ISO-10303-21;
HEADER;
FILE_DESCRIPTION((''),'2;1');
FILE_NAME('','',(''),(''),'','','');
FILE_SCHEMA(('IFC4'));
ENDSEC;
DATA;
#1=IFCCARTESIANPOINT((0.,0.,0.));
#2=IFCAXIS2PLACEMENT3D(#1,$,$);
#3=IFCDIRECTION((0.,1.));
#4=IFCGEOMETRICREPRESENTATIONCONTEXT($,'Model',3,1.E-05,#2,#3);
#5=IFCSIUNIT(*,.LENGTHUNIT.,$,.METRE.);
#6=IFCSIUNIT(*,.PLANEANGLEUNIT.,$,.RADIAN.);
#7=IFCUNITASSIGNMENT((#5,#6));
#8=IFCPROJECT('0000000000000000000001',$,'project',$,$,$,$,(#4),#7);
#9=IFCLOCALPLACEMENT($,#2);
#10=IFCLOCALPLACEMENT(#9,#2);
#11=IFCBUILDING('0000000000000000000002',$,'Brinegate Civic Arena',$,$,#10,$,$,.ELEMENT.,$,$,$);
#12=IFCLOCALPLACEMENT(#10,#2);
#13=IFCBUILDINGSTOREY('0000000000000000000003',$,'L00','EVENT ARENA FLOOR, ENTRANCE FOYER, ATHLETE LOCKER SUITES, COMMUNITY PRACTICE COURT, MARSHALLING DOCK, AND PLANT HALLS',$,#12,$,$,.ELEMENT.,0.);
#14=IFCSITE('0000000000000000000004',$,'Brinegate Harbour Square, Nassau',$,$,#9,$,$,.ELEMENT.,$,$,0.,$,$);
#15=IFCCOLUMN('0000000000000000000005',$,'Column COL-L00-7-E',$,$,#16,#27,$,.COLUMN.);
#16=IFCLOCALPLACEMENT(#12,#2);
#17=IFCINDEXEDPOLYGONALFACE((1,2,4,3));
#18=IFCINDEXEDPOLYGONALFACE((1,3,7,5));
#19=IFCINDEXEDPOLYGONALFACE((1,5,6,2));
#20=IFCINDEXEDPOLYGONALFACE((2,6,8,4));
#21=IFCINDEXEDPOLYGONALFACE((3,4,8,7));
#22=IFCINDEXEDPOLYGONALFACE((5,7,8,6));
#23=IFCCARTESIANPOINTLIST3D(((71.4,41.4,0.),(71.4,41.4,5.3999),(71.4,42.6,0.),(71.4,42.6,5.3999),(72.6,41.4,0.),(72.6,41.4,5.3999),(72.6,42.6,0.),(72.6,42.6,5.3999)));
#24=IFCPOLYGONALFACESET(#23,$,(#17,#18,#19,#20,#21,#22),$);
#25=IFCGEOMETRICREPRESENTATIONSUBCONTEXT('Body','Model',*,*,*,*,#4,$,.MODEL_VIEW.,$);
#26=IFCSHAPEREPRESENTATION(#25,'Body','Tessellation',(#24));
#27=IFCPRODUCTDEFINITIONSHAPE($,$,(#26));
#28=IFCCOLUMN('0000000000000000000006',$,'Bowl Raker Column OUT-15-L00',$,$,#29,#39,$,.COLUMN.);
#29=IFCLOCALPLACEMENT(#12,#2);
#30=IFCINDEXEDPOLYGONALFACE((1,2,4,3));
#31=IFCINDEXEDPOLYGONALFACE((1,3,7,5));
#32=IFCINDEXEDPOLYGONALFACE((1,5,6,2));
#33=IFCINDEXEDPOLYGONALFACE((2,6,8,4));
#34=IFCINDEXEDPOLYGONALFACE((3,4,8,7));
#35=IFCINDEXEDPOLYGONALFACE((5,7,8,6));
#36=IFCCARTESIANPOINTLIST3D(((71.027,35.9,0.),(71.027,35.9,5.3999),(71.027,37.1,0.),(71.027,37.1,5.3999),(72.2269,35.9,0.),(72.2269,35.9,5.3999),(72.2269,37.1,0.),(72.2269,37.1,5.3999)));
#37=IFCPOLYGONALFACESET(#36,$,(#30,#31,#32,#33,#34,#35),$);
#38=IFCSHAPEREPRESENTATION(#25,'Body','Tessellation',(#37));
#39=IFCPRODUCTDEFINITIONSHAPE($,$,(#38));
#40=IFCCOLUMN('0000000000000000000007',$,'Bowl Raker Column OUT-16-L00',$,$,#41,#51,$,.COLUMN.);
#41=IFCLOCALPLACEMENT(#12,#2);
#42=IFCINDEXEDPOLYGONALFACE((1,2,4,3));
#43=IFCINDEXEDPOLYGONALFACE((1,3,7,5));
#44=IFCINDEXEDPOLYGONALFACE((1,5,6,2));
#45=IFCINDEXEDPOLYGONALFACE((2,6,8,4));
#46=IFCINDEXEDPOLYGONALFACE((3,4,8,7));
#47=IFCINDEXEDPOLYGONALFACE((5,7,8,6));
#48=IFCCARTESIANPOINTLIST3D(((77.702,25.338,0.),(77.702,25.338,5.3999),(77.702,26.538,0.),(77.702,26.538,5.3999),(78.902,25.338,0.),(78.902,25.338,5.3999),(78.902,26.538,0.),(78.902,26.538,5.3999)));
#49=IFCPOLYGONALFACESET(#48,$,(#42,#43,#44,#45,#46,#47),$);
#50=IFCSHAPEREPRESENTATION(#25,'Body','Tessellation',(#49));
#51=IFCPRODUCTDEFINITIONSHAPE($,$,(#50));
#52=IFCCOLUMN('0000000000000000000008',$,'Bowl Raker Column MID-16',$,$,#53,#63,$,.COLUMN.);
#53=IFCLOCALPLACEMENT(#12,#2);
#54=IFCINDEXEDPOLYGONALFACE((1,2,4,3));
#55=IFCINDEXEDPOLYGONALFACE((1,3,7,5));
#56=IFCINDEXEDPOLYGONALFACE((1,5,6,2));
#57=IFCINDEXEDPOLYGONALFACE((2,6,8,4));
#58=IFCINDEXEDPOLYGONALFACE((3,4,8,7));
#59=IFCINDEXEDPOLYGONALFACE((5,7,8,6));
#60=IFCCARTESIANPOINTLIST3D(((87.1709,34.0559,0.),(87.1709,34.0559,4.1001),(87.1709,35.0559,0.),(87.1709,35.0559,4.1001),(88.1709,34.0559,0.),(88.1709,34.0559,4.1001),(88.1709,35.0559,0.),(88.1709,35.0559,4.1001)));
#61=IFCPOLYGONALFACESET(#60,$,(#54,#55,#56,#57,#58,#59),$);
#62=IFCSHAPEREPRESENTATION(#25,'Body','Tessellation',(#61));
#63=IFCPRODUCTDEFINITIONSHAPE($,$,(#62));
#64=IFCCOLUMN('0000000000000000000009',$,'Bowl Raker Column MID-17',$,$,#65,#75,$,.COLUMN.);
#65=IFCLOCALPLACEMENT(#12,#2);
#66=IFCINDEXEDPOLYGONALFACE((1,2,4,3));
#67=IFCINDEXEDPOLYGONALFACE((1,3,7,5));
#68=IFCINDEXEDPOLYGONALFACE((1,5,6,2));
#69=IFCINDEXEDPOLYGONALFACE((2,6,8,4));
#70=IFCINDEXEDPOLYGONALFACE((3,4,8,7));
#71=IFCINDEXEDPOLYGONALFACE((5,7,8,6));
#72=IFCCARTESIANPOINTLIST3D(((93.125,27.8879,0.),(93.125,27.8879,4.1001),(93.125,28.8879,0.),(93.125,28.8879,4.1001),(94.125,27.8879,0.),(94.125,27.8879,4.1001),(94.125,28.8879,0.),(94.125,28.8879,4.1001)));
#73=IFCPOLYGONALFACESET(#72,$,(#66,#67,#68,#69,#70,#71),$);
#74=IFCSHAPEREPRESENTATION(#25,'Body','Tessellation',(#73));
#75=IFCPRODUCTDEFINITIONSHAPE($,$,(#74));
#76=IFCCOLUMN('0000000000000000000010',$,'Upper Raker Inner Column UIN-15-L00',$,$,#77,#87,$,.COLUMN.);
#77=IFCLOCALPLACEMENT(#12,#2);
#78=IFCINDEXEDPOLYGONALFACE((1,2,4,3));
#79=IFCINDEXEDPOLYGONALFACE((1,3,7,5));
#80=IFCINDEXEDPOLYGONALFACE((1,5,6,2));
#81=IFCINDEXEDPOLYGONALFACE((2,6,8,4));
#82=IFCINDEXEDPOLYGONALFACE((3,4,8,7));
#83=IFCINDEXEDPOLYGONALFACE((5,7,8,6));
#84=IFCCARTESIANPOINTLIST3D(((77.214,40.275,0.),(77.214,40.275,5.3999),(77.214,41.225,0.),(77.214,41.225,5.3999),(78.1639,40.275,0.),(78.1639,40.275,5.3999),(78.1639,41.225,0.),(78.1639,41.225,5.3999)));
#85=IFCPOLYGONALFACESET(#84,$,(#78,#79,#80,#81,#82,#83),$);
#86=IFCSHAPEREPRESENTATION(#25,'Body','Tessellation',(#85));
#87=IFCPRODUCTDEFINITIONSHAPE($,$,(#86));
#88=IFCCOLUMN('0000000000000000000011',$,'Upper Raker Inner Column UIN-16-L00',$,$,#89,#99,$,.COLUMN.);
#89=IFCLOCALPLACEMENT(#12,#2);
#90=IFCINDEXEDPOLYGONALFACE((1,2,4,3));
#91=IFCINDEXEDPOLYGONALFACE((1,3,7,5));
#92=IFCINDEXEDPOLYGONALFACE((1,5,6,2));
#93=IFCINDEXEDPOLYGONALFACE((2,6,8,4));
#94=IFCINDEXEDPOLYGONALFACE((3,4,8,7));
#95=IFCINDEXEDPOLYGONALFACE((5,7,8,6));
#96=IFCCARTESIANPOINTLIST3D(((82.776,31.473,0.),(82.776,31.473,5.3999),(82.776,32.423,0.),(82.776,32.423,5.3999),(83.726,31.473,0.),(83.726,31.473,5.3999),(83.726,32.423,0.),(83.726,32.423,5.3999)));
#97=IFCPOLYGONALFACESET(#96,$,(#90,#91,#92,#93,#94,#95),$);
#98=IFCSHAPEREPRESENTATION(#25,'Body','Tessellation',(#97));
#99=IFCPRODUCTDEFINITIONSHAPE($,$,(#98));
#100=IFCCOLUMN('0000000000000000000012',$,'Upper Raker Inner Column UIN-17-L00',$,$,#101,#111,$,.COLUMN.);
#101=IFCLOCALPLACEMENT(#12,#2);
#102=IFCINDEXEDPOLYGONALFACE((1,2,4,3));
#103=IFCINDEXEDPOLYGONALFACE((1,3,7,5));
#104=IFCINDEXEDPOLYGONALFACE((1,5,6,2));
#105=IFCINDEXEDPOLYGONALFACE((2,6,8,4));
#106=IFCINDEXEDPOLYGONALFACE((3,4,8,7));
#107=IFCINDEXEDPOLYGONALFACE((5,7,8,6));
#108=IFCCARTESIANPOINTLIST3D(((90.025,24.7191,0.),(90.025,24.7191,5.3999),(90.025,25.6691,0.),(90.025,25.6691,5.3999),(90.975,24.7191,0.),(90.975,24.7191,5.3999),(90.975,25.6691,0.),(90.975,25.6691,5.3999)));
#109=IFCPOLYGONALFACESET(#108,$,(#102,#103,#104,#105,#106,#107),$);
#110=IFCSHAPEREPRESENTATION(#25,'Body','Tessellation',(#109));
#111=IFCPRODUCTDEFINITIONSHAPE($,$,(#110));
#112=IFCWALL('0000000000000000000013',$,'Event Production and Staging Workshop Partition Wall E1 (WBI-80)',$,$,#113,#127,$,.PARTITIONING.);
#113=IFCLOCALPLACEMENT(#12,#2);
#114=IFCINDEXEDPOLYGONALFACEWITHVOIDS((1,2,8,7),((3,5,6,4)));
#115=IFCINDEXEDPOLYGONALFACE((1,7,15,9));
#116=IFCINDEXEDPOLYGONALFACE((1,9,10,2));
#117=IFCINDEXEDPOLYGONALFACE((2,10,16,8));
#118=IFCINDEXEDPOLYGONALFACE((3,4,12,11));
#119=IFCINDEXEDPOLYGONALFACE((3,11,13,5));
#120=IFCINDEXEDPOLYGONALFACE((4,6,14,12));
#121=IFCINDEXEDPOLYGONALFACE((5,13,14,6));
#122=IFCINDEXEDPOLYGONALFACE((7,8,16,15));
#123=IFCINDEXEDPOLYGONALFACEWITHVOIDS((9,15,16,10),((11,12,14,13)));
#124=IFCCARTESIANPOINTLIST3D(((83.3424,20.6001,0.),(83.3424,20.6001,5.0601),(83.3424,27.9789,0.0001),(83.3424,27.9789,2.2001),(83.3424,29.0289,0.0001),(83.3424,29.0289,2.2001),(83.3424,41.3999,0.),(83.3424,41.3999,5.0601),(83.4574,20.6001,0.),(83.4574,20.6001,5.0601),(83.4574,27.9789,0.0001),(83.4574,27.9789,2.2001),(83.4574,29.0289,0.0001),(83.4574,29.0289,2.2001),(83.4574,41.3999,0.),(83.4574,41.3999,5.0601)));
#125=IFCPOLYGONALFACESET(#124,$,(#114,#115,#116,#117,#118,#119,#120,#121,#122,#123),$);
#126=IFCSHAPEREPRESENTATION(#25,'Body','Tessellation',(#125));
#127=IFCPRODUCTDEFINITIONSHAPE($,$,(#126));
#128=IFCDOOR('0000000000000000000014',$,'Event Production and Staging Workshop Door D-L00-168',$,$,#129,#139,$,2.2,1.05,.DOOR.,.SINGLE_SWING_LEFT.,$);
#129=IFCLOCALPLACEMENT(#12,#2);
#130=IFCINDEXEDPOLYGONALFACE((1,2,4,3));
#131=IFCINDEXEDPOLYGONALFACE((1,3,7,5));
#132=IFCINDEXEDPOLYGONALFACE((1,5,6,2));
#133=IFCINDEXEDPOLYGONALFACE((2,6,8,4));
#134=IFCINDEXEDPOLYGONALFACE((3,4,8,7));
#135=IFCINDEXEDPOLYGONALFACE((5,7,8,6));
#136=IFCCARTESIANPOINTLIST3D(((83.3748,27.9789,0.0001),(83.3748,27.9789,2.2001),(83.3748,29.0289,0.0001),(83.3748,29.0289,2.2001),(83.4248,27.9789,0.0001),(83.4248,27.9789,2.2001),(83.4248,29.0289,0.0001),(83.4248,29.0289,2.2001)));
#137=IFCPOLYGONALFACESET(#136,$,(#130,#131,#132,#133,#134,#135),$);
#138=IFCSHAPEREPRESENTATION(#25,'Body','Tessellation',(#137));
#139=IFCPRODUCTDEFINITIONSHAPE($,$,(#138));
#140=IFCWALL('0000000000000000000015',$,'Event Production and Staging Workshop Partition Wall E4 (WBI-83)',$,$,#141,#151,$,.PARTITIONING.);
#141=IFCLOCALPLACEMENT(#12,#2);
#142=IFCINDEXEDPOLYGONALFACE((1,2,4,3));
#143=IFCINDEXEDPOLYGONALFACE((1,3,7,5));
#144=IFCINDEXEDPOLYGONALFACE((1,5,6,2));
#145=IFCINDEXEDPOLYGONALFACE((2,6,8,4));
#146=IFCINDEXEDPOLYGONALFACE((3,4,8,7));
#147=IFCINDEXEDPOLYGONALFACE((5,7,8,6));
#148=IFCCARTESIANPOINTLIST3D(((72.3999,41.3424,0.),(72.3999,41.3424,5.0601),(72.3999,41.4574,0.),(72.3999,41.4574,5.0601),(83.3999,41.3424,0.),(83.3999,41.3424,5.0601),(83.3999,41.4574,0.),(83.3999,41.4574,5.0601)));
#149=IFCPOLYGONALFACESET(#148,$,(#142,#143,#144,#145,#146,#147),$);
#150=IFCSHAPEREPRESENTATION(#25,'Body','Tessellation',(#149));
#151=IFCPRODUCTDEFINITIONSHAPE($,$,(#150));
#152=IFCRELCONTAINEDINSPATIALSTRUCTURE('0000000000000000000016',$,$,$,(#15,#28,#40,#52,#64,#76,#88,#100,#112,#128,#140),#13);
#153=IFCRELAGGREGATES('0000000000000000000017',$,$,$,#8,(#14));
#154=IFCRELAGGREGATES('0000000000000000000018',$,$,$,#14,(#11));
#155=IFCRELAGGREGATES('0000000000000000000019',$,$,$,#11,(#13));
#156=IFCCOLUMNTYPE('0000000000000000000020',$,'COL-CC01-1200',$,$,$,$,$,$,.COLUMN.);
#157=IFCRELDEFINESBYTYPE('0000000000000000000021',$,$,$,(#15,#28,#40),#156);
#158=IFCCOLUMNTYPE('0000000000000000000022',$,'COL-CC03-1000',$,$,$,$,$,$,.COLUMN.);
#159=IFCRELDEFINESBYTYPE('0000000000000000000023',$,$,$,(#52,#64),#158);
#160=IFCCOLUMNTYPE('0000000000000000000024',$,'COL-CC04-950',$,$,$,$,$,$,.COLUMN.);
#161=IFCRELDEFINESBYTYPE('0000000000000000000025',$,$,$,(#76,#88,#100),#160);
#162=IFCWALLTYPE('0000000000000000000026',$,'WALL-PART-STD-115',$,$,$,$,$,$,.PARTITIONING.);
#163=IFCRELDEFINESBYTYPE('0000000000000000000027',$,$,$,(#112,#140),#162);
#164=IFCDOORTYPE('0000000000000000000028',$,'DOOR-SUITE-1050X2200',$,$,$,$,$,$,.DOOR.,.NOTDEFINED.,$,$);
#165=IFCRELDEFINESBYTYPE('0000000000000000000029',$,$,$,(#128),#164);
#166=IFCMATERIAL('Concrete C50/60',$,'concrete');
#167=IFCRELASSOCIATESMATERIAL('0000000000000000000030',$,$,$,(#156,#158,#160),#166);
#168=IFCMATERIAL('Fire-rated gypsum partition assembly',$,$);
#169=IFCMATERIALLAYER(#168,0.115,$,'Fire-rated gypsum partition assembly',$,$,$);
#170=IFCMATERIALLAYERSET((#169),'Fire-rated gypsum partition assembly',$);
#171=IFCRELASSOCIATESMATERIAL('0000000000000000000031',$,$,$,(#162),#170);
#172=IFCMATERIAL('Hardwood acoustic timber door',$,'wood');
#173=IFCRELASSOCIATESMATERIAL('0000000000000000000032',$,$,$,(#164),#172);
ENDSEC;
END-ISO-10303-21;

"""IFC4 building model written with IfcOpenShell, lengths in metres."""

from ifc_helpers import new_model, si_unit, direction, frame, frame_2d, origin, origin_2d, place, context, subcontext, project, spatial, rectangle, extrude, material, layer, layer_set, material_profile, profile_set, type_object, element, fill, save


model = new_model("IFC4")

# Units and contexts
model_context = context("Model", 3, precision=1e-05, world=origin(), true_north=direction((0.0, 1.0)))
body_context = subcontext(model_context, "Body", "Model", "MODEL_VIEW")
ifc_project = project(units=[si_unit("LENGTHUNIT", "METRE"), si_unit("PLANEANGLEUNIT", "RADIAN")], contexts=[model_context])

# Site, building, storey
site_placement = place(None, origin())
site = spatial("IfcSite", under=ifc_project, at=site_placement, Name="Brinegate Harbour Square, Nassau", CompositionType="ELEMENT", RefElevation=0.0)
building_placement = place(site_placement, origin())
building = spatial("IfcBuilding", under=site, at=building_placement, Name="Brinegate Civic Arena", CompositionType="ELEMENT")
storey_placement = place(building_placement, origin())
storey = spatial("IfcBuildingStorey", under=building, at=storey_placement, Name="L00", Description="EVENT ARENA FLOOR, ENTRANCE FOYER, ATHLETE LOCKER SUITES, COMMUNITY PRACTICE COURT, MARSHALLING DOCK, AND PLANT HALLS", CompositionType="ELEMENT", Elevation=0.0)

# Columns
ifc_material_1 = material(Name="Concrete C50/60", Category="concrete")
ifc_material_profile_1 = material_profile(ifc_material_1, rectangle(XDim=1.2, YDim=1.2, at=origin_2d()), Name="RC1200X1200")
ifc_profile_set_1 = profile_set([ifc_material_profile_1], Name="Concrete C50/60")
column_type_1 = type_object("IfcColumnType", Name="COL-CC01-1200", PredefinedType="COLUMN", material=ifc_profile_set_1)
for number, where, z_axis, x_axis, name in (
    (1, (72.0, 42.0, 0.0), (0.0, 0.0, 1.0), (1.0, 0.0, 0.0), "Column COL-L00-7-E"),
    (2, (71.627, 36.5, 0.0), (0.0, 0.0, 1.0), (1.0, 0.0, 0.0), "Bowl Raker Column OUT-15-L00"),
    (3, (78.302, 25.938, 0.0), (0.0, 0.0, 1.0), (1.0, 0.0, 0.0), "Bowl Raker Column OUT-16-L00"),
):
    element("IfcColumn", number, at=place(storey_placement, frame(where, z_axis=z_axis, x_axis=x_axis)), inside=storey, type_object=column_type_1, Name=name, PredefinedType="COLUMN", context=body_context, shape_type="SweptSolid", body=[
        extrude(rectangle(XDim=1.2, YDim=1.2, at=origin_2d()), origin(), (0.0, 0.0, 1.0), 5.3999),
    ])
ifc_material_profile_2 = material_profile(ifc_material_1, rectangle(XDim=1.0, YDim=1.0, at=origin_2d()), Name="RC1000X1000")
ifc_profile_set_2 = profile_set([ifc_material_profile_2], Name="Concrete C50/60")
column_type_2 = type_object("IfcColumnType", Name="COL-CC03-1000", PredefinedType="COLUMN", material=ifc_profile_set_2)
for number, where, z_axis, x_axis, name in (
    (4, (87.6709, 34.5559, 0.0), (0.0, 0.0, 1.0), (1.0, 0.0, 0.0), "Bowl Raker Column MID-16"),
    (5, (93.625, 28.3879, 0.0), (0.0, 0.0, 1.0), (1.0, 0.0, 0.0), "Bowl Raker Column MID-17"),
):
    element("IfcColumn", number, at=place(storey_placement, frame(where, z_axis=z_axis, x_axis=x_axis)), inside=storey, type_object=column_type_2, Name=name, PredefinedType="COLUMN", context=body_context, shape_type="SweptSolid", body=[
        extrude(rectangle(XDim=1.0, YDim=1.0, at=origin_2d()), origin(), (0.0, 0.0, 1.0), 4.1001),
    ])
ifc_material_profile_3 = material_profile(ifc_material_1, rectangle(XDim=0.95, YDim=0.95, at=origin_2d()), Name="RC950X950")
ifc_profile_set_3 = profile_set([ifc_material_profile_3], Name="Concrete C50/60")
column_type_3 = type_object("IfcColumnType", Name="COL-CC04-950", PredefinedType="COLUMN", material=ifc_profile_set_3)
for number, where, z_axis, x_axis, name in (
    (6, (77.689, 40.75, 0.0), (0.0, 0.0, 1.0), (1.0, 0.0, 0.0), "Upper Raker Inner Column UIN-15-L00"),
    (7, (83.251, 31.948, 0.0), (0.0, 0.0, 1.0), (1.0, 0.0, 0.0), "Upper Raker Inner Column UIN-16-L00"),
    (8, (90.5, 25.1941, 0.0), (0.0, 0.0, 1.0), (1.0, 0.0, 0.0), "Upper Raker Inner Column UIN-17-L00"),
):
    element("IfcColumn", number, at=place(storey_placement, frame(where, z_axis=z_axis, x_axis=x_axis)), inside=storey, type_object=column_type_3, Name=name, PredefinedType="COLUMN", context=body_context, shape_type="SweptSolid", body=[
        extrude(rectangle(XDim=0.95, YDim=0.95, at=origin_2d()), origin(), (0.0, 0.0, 1.0), 5.3999),
    ])

# Wall, opening, door
ifc_material_2 = material(Name="Fire-rated gypsum partition assembly")
ifc_layer_1 = layer(ifc_material_2, 0.115, Name="Fire-rated gypsum partition assembly")
ifc_layer_set_1 = layer_set([ifc_layer_1], Name="Fire-rated gypsum partition assembly")
wall_type = type_object("IfcWallType", Name="WALL-PART-STD-115", PredefinedType="PARTITIONING", material=ifc_layer_set_1)
wall_1_placement = place(storey_placement, frame((83.3999, 41.3999, 0.0), z_axis=(0.0, 0.0, 1.0), x_axis=(0.0, -1.0, 0.0)))
wall_1 = element("IfcWall", 9, at=wall_1_placement, inside=storey, type_object=wall_type, Name="Event Production and Staging Workshop Partition Wall E1 (WBI-80)", PredefinedType="PARTITIONING", context=body_context, shape_type="SweptSolid", body=[
    extrude(rectangle(XDim=20.7998, YDim=0.115, at=frame_2d((10.3999, 0.0))), origin(), (0.0, 0.0, 1.0), 5.0601),
])
opening_placement = place(wall_1_placement, frame((12.3711, 0.0, 0.0)))
opening = element("IfcOpeningElement", 10, at=opening_placement, cuts=wall_1, PredefinedType="OPENING", context=body_context, shape_type="SweptSolid", body=[
    extrude(rectangle(XDim=1.05, YDim=2.2, at=frame_2d((0.5249, 1.1001))), frame((0.0, 0.0674, 0.0), z_axis=(0.0, -1.0, 0.0), x_axis=(1.0, 0.0, 0.0)), (0.0, 0.0, 1.0), 0.135),
])
ifc_material_3 = material(Name="Hardwood acoustic timber door", Category="wood")
door_type = type_object("IfcDoorType", Name="DOOR-SUITE-1050X2200", OperationType="NOTDEFINED", PredefinedType="DOOR", material=ifc_material_3)
door_placement = place(opening_placement, origin())
door = element("IfcDoor", 11, at=door_placement, inside=storey, type_object=door_type, Name="Event Production and Staging Workshop Door D-L00-168", OperationType="SINGLE_SWING_LEFT", OverallHeight=2.2, OverallWidth=1.05, PredefinedType="DOOR", context=body_context, shape_type="SweptSolid", body=[
    extrude(rectangle(XDim=1.05, YDim=2.2, at=frame_2d((0.5249, 1.1001))), frame((0.0, 0.0249, 0.0), z_axis=(0.0, -1.0, 0.0), x_axis=(1.0, 0.0, 0.0)), (0.0, 0.0, 1.0), 0.05),
])
fill(opening, door)

# Wall
wall_2_placement = place(storey_placement, frame((72.3999, 41.3999, 0.0), z_axis=(0.0, 0.0, 1.0), x_axis=(1.0, 0.0, 0.0)))
element("IfcWall", 12, at=wall_2_placement, inside=storey, type_object=wall_type, Name="Event Production and Staging Workshop Partition Wall E4 (WBI-83)", PredefinedType="PARTITIONING", context=body_context, shape_type="SweptSolid", body=[
    extrude(rectangle(XDim=11.0, YDim=0.115, at=frame_2d((5.5, 0.0))), origin(), (0.0, 0.0, 1.0), 5.0601),
])

save(model, "model.ifc")
